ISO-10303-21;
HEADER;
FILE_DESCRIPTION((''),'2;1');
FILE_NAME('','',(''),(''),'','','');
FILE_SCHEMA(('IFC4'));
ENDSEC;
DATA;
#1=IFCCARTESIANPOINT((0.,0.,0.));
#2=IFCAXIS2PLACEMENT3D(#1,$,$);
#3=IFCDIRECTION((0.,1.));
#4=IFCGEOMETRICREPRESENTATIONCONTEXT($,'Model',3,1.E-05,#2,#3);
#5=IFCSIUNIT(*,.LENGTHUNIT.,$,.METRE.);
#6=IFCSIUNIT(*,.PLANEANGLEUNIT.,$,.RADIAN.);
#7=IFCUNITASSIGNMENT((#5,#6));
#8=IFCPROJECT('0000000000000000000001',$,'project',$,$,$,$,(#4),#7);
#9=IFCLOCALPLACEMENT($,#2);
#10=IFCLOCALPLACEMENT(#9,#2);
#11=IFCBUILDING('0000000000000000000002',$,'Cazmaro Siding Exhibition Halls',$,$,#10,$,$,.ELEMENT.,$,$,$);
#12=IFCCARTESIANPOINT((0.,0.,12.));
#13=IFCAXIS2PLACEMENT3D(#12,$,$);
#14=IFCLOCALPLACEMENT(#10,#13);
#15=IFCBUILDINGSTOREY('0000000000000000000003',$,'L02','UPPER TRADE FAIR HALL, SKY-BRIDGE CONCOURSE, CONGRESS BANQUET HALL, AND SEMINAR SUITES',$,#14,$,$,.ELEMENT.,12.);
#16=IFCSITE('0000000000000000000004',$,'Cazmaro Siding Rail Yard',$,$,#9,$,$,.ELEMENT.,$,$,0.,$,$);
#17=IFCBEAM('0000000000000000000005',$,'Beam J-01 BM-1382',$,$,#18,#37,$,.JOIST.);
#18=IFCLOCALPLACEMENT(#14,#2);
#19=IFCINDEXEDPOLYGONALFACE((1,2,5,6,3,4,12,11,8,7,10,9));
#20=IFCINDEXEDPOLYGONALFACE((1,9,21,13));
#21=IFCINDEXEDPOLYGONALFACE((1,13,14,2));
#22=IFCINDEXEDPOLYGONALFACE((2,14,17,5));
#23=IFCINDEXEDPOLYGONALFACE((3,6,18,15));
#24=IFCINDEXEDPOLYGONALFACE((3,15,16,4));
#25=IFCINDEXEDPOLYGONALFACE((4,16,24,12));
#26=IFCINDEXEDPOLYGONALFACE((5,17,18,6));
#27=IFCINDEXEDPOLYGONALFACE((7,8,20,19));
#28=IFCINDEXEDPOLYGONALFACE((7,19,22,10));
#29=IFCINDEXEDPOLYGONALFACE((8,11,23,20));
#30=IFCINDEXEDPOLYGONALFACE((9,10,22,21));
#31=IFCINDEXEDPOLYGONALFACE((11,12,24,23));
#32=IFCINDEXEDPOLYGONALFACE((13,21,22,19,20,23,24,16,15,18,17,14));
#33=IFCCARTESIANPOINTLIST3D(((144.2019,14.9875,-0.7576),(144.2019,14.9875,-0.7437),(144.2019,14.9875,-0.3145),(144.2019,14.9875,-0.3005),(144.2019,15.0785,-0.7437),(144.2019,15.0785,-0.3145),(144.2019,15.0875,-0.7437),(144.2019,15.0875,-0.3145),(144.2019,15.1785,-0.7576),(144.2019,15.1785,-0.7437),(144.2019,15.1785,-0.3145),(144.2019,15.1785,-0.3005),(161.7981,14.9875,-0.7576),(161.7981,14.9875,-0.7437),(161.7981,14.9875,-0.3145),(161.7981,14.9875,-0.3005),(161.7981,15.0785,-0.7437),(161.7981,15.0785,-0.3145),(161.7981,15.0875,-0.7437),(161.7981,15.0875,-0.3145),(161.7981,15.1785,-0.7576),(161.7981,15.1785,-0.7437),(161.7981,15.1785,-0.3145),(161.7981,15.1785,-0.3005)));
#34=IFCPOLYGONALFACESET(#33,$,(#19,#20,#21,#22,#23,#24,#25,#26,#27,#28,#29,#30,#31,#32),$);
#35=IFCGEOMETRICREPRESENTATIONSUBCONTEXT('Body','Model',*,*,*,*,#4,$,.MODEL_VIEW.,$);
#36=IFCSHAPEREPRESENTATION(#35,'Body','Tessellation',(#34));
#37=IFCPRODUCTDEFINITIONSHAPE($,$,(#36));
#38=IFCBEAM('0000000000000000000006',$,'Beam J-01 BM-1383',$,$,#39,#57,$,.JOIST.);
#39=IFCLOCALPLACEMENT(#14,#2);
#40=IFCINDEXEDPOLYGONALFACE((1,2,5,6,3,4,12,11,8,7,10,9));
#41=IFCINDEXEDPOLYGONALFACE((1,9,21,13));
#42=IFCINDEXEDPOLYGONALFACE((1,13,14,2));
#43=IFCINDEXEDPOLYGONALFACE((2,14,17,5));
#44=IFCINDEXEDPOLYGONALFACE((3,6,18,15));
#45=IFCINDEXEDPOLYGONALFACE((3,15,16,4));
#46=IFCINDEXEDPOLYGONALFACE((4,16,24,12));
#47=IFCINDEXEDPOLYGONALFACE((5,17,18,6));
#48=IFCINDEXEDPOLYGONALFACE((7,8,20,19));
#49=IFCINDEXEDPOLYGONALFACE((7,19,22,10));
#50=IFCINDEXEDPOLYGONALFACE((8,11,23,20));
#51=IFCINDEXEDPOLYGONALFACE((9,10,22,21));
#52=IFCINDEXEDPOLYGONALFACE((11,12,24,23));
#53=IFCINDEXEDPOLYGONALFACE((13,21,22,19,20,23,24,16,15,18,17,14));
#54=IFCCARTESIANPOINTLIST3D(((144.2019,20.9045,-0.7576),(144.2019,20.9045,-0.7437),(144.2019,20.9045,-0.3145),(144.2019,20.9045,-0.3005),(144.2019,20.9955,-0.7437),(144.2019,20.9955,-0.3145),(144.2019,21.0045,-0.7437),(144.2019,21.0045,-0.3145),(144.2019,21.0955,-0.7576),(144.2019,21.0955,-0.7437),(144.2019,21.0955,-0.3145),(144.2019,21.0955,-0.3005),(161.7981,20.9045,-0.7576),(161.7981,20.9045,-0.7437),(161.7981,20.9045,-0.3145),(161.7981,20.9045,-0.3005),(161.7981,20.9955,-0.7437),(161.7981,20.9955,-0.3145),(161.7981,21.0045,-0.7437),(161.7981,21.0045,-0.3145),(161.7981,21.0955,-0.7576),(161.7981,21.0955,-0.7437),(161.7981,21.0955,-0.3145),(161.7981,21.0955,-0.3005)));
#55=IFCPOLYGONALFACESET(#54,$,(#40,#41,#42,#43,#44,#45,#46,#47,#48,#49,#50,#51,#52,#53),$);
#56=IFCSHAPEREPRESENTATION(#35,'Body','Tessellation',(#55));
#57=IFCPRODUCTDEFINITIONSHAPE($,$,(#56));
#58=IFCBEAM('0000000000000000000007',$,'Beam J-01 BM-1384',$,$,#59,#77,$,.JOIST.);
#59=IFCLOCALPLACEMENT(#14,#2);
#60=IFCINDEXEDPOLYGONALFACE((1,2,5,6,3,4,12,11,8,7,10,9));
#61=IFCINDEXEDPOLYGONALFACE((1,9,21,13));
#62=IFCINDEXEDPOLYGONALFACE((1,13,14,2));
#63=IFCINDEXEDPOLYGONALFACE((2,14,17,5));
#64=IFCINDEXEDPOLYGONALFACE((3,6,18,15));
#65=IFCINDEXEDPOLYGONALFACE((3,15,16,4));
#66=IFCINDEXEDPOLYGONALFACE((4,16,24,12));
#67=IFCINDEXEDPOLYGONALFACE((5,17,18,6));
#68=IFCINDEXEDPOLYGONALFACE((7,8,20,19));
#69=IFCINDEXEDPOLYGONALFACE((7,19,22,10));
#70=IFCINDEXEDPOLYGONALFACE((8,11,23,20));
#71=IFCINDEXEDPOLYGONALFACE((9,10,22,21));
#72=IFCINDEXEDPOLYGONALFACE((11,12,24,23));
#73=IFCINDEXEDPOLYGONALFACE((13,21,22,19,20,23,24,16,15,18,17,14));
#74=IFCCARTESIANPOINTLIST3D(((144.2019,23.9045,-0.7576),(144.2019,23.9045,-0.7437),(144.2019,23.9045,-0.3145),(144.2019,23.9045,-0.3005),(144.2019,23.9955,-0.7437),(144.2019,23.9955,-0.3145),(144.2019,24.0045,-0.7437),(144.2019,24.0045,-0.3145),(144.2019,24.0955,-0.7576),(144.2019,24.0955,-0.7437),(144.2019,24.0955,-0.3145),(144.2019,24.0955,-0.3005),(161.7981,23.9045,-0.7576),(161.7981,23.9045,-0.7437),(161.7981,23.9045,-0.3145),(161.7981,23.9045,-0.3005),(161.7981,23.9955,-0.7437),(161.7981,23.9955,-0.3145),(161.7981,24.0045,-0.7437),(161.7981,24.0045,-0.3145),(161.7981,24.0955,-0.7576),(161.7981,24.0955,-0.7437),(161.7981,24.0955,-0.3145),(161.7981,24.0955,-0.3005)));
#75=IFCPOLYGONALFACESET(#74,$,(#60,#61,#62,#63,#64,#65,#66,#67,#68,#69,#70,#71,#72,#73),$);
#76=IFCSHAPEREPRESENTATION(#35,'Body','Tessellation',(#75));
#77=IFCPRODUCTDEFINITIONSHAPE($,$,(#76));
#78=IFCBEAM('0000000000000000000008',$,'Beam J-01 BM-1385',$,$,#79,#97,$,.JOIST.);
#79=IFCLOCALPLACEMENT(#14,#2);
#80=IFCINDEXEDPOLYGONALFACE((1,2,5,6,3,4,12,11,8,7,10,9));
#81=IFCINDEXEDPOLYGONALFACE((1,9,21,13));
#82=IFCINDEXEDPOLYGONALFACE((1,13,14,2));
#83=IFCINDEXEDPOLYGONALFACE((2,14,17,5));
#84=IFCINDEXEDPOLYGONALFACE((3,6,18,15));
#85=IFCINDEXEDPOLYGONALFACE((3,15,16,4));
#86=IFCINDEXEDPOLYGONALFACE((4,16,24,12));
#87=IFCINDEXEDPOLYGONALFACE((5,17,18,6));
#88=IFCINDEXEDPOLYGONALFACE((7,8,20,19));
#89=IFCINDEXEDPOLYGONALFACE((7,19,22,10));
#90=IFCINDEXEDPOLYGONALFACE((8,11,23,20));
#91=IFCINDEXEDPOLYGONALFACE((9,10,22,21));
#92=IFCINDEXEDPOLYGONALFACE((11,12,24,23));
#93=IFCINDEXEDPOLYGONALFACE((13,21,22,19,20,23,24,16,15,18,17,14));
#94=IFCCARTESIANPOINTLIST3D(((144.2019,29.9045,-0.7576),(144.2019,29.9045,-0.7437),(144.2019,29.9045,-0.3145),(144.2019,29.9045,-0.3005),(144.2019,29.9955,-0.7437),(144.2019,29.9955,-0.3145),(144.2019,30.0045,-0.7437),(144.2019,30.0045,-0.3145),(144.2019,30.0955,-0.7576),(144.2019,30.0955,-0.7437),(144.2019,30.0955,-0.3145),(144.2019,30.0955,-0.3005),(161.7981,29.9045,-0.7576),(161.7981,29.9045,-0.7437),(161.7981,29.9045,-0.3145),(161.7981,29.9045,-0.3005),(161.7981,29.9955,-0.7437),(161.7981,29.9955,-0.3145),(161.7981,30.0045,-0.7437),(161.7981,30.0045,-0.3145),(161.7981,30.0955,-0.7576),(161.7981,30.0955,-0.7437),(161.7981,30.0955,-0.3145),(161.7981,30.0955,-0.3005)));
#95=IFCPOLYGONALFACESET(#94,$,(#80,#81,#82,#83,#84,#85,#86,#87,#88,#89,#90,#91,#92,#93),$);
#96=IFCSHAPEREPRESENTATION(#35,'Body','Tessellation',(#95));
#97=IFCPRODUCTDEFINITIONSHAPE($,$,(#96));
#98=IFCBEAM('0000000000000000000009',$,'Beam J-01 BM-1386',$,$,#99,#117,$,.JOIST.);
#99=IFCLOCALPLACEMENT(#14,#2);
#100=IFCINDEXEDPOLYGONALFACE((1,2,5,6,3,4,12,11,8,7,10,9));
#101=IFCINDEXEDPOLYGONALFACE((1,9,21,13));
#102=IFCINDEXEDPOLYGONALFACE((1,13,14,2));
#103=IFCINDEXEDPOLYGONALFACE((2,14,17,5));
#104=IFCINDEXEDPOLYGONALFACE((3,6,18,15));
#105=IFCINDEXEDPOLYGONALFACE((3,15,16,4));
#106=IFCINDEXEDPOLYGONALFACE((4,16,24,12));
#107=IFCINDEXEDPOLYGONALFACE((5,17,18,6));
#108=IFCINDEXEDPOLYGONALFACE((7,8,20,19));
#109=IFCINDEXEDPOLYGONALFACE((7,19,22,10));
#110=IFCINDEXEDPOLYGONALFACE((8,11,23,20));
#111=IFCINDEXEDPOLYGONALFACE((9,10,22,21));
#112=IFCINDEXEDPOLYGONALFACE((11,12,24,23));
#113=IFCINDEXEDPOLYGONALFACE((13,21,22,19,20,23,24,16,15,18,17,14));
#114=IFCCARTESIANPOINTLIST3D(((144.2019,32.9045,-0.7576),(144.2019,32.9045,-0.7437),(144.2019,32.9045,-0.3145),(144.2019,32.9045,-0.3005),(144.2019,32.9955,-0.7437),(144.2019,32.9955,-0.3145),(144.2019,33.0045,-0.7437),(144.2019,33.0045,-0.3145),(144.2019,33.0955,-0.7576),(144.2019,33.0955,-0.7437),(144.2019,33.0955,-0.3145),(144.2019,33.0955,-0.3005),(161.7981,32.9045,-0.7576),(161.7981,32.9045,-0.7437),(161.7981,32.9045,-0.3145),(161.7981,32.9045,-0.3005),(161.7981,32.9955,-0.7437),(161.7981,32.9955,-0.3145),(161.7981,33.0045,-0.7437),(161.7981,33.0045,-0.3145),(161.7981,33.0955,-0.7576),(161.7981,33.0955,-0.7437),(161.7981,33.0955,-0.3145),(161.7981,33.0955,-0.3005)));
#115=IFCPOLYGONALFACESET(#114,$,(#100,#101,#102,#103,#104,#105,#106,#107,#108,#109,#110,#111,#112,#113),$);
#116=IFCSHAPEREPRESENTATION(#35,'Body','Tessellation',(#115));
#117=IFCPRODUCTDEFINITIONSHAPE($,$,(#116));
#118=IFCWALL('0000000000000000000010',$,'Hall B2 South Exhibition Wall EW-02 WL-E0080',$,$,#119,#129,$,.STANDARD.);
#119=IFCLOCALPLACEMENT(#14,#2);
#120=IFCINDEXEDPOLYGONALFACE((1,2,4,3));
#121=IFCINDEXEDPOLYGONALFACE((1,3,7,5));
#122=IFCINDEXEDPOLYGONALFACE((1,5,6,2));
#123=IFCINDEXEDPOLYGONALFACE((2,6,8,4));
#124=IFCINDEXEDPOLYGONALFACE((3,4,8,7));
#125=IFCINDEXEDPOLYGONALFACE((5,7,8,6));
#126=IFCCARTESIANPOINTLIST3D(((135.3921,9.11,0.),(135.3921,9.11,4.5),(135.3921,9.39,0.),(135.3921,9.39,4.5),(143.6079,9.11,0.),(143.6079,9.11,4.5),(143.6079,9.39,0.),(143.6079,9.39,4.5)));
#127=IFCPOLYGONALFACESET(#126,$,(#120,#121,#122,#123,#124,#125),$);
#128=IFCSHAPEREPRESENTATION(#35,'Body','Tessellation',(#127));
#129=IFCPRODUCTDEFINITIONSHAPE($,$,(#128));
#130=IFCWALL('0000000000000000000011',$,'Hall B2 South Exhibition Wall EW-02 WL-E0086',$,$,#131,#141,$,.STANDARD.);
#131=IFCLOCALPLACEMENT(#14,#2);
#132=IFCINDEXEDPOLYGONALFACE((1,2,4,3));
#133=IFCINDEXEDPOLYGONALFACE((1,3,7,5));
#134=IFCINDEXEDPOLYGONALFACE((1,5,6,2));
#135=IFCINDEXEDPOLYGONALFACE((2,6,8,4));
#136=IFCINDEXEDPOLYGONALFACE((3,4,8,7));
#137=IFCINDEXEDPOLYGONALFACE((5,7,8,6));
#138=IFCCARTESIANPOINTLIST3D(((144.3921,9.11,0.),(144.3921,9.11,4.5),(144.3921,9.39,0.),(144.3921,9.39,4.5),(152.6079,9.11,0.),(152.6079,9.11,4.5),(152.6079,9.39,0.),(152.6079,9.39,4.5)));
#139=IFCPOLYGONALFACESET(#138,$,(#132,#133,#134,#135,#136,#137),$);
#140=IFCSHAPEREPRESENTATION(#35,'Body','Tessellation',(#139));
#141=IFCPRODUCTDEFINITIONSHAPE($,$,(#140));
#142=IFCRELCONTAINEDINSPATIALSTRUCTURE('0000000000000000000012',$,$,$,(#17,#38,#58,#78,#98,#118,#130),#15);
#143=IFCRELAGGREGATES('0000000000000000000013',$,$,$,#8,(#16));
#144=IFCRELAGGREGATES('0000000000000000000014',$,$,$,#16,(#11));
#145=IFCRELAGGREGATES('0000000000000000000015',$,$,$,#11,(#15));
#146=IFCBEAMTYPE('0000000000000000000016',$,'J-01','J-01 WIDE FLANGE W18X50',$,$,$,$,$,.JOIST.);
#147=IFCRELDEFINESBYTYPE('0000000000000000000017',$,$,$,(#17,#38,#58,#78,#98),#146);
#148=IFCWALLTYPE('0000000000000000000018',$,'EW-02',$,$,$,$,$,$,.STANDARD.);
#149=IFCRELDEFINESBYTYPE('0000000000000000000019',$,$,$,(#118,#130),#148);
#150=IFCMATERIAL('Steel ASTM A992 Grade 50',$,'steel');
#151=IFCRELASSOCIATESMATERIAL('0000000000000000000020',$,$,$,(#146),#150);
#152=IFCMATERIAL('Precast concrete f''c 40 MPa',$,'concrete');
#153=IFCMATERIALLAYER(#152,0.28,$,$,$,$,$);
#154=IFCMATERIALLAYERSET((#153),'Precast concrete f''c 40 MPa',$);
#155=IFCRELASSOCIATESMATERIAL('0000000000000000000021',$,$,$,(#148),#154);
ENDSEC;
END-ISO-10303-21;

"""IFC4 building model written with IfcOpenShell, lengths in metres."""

from ifc_helpers import new_model, si_unit, direction, frame, frame_2d, origin, origin_2d, place, context, subcontext, project, spatial, rectangle, i_section, extrude, material, layer, layer_set, material_profile, profile_set, type_object, element, save


model = new_model("IFC4")

# Units and contexts
model_context = context("Model", 3, precision=1e-05, world=origin(), true_north=direction((0.0, 1.0)))
body_context = subcontext(model_context, "Body", "Model", "MODEL_VIEW")
ifc_project = project(units=[si_unit("LENGTHUNIT", "METRE"), si_unit("PLANEANGLEUNIT", "RADIAN")], contexts=[model_context])

# Site, building, storey
site_placement = place(None, origin())
site = spatial("IfcSite", under=ifc_project, at=site_placement, Name="Cazmaro Siding Rail Yard", CompositionType="ELEMENT", RefElevation=0.0)
building_placement = place(site_placement, origin())
building = spatial("IfcBuilding", under=site, at=building_placement, Name="Cazmaro Siding Exhibition Halls", CompositionType="ELEMENT")
storey_placement = place(building_placement, frame((0.0, 0.0, 12.0)))
storey = spatial("IfcBuildingStorey", under=building, at=storey_placement, Name="L02", Description="UPPER TRADE FAIR HALL, SKY-BRIDGE CONCOURSE, CONGRESS BANQUET HALL, AND SEMINAR SUITES", CompositionType="ELEMENT", Elevation=12.0)

# Beams
ifc_material_1 = material(Name="Steel ASTM A992 Grade 50", Category="steel")
ifc_material_profile_1 = material_profile(ifc_material_1, i_section(OverallWidth=0.1909, OverallDepth=0.457, WebThickness=0.009, FlangeThickness=0.0139, at=origin_2d()), Name="W18X50")
ifc_profile_set_1 = profile_set([ifc_material_profile_1], Name="Steel ASTM A992 Grade 50")
beam_type_1 = type_object("IfcBeamType", Name="J-01", Description="J-01 WIDE FLANGE W18X50", PredefinedType="JOIST", material=ifc_profile_set_1)
for number, where, z_axis, x_axis, name in (
    (1, (144.2019, 15.083, -0.5291), (1.0, 0.0, 0.0), (0.0, 1.0, 0.0), "Beam J-01 BM-1382"),
    (2, (144.2019, 21.0, -0.5291), (1.0, 0.0, 0.0), (0.0, 1.0, 0.0), "Beam J-01 BM-1383"),
    (3, (144.2019, 24.0, -0.5291), (1.0, 0.0, 0.0), (0.0, 1.0, 0.0), "Beam J-01 BM-1384"),
    (4, (144.2019, 30.0, -0.5291), (1.0, 0.0, 0.0), (0.0, 1.0, 0.0), "Beam J-01 BM-1385"),
    (5, (144.2019, 33.0, -0.5291), (1.0, 0.0, 0.0), (0.0, 1.0, 0.0), "Beam J-01 BM-1386"),
):
    element("IfcBeam", number, at=place(storey_placement, frame(where, z_axis=z_axis, x_axis=x_axis)), inside=storey, type_object=beam_type_1, Name=name, PredefinedType="JOIST", context=body_context, shape_type="SweptSolid", body=[
        extrude(i_section(OverallWidth=0.1909, OverallDepth=0.457, WebThickness=0.009, FlangeThickness=0.0139, at=origin_2d()), origin(), (0.0, 0.0, 1.0), 17.5962),
    ])

# Walls
ifc_material_2 = material(Name="Precast concrete f'c 40 MPa", Category="concrete")
ifc_layer = layer(ifc_material_2, 0.28)
ifc_layer_set = layer_set([ifc_layer], Name="Precast concrete f'c 40 MPa")
wall_type = type_object("IfcWallType", Name="EW-02", PredefinedType="STANDARD", material=ifc_layer_set)
for number, where, z_axis, x_axis, name in (
    (6, (143.6079, 9.25, 0.0), (0.0, 0.0, 1.0), (-1.0, 0.0, 0.0), "Hall B2 South Exhibition Wall EW-02 WL-E0080"),
    (7, (152.6079, 9.25, 0.0), (0.0, 0.0, 1.0), (-1.0, 0.0, 0.0), "Hall B2 South Exhibition Wall EW-02 WL-E0086"),
):
    element("IfcWall", number, at=place(storey_placement, frame(where, z_axis=z_axis, x_axis=x_axis)), inside=storey, type_object=wall_type, Name=name, PredefinedType="STANDARD", context=body_context, shape_type="SweptSolid", body=[
        extrude(rectangle(XDim=8.2158, YDim=0.28, at=frame_2d((4.1079, 0.0))), origin(), (0.0, 0.0, 1.0), 4.5),
    ])

save(model, "model.ifc")
